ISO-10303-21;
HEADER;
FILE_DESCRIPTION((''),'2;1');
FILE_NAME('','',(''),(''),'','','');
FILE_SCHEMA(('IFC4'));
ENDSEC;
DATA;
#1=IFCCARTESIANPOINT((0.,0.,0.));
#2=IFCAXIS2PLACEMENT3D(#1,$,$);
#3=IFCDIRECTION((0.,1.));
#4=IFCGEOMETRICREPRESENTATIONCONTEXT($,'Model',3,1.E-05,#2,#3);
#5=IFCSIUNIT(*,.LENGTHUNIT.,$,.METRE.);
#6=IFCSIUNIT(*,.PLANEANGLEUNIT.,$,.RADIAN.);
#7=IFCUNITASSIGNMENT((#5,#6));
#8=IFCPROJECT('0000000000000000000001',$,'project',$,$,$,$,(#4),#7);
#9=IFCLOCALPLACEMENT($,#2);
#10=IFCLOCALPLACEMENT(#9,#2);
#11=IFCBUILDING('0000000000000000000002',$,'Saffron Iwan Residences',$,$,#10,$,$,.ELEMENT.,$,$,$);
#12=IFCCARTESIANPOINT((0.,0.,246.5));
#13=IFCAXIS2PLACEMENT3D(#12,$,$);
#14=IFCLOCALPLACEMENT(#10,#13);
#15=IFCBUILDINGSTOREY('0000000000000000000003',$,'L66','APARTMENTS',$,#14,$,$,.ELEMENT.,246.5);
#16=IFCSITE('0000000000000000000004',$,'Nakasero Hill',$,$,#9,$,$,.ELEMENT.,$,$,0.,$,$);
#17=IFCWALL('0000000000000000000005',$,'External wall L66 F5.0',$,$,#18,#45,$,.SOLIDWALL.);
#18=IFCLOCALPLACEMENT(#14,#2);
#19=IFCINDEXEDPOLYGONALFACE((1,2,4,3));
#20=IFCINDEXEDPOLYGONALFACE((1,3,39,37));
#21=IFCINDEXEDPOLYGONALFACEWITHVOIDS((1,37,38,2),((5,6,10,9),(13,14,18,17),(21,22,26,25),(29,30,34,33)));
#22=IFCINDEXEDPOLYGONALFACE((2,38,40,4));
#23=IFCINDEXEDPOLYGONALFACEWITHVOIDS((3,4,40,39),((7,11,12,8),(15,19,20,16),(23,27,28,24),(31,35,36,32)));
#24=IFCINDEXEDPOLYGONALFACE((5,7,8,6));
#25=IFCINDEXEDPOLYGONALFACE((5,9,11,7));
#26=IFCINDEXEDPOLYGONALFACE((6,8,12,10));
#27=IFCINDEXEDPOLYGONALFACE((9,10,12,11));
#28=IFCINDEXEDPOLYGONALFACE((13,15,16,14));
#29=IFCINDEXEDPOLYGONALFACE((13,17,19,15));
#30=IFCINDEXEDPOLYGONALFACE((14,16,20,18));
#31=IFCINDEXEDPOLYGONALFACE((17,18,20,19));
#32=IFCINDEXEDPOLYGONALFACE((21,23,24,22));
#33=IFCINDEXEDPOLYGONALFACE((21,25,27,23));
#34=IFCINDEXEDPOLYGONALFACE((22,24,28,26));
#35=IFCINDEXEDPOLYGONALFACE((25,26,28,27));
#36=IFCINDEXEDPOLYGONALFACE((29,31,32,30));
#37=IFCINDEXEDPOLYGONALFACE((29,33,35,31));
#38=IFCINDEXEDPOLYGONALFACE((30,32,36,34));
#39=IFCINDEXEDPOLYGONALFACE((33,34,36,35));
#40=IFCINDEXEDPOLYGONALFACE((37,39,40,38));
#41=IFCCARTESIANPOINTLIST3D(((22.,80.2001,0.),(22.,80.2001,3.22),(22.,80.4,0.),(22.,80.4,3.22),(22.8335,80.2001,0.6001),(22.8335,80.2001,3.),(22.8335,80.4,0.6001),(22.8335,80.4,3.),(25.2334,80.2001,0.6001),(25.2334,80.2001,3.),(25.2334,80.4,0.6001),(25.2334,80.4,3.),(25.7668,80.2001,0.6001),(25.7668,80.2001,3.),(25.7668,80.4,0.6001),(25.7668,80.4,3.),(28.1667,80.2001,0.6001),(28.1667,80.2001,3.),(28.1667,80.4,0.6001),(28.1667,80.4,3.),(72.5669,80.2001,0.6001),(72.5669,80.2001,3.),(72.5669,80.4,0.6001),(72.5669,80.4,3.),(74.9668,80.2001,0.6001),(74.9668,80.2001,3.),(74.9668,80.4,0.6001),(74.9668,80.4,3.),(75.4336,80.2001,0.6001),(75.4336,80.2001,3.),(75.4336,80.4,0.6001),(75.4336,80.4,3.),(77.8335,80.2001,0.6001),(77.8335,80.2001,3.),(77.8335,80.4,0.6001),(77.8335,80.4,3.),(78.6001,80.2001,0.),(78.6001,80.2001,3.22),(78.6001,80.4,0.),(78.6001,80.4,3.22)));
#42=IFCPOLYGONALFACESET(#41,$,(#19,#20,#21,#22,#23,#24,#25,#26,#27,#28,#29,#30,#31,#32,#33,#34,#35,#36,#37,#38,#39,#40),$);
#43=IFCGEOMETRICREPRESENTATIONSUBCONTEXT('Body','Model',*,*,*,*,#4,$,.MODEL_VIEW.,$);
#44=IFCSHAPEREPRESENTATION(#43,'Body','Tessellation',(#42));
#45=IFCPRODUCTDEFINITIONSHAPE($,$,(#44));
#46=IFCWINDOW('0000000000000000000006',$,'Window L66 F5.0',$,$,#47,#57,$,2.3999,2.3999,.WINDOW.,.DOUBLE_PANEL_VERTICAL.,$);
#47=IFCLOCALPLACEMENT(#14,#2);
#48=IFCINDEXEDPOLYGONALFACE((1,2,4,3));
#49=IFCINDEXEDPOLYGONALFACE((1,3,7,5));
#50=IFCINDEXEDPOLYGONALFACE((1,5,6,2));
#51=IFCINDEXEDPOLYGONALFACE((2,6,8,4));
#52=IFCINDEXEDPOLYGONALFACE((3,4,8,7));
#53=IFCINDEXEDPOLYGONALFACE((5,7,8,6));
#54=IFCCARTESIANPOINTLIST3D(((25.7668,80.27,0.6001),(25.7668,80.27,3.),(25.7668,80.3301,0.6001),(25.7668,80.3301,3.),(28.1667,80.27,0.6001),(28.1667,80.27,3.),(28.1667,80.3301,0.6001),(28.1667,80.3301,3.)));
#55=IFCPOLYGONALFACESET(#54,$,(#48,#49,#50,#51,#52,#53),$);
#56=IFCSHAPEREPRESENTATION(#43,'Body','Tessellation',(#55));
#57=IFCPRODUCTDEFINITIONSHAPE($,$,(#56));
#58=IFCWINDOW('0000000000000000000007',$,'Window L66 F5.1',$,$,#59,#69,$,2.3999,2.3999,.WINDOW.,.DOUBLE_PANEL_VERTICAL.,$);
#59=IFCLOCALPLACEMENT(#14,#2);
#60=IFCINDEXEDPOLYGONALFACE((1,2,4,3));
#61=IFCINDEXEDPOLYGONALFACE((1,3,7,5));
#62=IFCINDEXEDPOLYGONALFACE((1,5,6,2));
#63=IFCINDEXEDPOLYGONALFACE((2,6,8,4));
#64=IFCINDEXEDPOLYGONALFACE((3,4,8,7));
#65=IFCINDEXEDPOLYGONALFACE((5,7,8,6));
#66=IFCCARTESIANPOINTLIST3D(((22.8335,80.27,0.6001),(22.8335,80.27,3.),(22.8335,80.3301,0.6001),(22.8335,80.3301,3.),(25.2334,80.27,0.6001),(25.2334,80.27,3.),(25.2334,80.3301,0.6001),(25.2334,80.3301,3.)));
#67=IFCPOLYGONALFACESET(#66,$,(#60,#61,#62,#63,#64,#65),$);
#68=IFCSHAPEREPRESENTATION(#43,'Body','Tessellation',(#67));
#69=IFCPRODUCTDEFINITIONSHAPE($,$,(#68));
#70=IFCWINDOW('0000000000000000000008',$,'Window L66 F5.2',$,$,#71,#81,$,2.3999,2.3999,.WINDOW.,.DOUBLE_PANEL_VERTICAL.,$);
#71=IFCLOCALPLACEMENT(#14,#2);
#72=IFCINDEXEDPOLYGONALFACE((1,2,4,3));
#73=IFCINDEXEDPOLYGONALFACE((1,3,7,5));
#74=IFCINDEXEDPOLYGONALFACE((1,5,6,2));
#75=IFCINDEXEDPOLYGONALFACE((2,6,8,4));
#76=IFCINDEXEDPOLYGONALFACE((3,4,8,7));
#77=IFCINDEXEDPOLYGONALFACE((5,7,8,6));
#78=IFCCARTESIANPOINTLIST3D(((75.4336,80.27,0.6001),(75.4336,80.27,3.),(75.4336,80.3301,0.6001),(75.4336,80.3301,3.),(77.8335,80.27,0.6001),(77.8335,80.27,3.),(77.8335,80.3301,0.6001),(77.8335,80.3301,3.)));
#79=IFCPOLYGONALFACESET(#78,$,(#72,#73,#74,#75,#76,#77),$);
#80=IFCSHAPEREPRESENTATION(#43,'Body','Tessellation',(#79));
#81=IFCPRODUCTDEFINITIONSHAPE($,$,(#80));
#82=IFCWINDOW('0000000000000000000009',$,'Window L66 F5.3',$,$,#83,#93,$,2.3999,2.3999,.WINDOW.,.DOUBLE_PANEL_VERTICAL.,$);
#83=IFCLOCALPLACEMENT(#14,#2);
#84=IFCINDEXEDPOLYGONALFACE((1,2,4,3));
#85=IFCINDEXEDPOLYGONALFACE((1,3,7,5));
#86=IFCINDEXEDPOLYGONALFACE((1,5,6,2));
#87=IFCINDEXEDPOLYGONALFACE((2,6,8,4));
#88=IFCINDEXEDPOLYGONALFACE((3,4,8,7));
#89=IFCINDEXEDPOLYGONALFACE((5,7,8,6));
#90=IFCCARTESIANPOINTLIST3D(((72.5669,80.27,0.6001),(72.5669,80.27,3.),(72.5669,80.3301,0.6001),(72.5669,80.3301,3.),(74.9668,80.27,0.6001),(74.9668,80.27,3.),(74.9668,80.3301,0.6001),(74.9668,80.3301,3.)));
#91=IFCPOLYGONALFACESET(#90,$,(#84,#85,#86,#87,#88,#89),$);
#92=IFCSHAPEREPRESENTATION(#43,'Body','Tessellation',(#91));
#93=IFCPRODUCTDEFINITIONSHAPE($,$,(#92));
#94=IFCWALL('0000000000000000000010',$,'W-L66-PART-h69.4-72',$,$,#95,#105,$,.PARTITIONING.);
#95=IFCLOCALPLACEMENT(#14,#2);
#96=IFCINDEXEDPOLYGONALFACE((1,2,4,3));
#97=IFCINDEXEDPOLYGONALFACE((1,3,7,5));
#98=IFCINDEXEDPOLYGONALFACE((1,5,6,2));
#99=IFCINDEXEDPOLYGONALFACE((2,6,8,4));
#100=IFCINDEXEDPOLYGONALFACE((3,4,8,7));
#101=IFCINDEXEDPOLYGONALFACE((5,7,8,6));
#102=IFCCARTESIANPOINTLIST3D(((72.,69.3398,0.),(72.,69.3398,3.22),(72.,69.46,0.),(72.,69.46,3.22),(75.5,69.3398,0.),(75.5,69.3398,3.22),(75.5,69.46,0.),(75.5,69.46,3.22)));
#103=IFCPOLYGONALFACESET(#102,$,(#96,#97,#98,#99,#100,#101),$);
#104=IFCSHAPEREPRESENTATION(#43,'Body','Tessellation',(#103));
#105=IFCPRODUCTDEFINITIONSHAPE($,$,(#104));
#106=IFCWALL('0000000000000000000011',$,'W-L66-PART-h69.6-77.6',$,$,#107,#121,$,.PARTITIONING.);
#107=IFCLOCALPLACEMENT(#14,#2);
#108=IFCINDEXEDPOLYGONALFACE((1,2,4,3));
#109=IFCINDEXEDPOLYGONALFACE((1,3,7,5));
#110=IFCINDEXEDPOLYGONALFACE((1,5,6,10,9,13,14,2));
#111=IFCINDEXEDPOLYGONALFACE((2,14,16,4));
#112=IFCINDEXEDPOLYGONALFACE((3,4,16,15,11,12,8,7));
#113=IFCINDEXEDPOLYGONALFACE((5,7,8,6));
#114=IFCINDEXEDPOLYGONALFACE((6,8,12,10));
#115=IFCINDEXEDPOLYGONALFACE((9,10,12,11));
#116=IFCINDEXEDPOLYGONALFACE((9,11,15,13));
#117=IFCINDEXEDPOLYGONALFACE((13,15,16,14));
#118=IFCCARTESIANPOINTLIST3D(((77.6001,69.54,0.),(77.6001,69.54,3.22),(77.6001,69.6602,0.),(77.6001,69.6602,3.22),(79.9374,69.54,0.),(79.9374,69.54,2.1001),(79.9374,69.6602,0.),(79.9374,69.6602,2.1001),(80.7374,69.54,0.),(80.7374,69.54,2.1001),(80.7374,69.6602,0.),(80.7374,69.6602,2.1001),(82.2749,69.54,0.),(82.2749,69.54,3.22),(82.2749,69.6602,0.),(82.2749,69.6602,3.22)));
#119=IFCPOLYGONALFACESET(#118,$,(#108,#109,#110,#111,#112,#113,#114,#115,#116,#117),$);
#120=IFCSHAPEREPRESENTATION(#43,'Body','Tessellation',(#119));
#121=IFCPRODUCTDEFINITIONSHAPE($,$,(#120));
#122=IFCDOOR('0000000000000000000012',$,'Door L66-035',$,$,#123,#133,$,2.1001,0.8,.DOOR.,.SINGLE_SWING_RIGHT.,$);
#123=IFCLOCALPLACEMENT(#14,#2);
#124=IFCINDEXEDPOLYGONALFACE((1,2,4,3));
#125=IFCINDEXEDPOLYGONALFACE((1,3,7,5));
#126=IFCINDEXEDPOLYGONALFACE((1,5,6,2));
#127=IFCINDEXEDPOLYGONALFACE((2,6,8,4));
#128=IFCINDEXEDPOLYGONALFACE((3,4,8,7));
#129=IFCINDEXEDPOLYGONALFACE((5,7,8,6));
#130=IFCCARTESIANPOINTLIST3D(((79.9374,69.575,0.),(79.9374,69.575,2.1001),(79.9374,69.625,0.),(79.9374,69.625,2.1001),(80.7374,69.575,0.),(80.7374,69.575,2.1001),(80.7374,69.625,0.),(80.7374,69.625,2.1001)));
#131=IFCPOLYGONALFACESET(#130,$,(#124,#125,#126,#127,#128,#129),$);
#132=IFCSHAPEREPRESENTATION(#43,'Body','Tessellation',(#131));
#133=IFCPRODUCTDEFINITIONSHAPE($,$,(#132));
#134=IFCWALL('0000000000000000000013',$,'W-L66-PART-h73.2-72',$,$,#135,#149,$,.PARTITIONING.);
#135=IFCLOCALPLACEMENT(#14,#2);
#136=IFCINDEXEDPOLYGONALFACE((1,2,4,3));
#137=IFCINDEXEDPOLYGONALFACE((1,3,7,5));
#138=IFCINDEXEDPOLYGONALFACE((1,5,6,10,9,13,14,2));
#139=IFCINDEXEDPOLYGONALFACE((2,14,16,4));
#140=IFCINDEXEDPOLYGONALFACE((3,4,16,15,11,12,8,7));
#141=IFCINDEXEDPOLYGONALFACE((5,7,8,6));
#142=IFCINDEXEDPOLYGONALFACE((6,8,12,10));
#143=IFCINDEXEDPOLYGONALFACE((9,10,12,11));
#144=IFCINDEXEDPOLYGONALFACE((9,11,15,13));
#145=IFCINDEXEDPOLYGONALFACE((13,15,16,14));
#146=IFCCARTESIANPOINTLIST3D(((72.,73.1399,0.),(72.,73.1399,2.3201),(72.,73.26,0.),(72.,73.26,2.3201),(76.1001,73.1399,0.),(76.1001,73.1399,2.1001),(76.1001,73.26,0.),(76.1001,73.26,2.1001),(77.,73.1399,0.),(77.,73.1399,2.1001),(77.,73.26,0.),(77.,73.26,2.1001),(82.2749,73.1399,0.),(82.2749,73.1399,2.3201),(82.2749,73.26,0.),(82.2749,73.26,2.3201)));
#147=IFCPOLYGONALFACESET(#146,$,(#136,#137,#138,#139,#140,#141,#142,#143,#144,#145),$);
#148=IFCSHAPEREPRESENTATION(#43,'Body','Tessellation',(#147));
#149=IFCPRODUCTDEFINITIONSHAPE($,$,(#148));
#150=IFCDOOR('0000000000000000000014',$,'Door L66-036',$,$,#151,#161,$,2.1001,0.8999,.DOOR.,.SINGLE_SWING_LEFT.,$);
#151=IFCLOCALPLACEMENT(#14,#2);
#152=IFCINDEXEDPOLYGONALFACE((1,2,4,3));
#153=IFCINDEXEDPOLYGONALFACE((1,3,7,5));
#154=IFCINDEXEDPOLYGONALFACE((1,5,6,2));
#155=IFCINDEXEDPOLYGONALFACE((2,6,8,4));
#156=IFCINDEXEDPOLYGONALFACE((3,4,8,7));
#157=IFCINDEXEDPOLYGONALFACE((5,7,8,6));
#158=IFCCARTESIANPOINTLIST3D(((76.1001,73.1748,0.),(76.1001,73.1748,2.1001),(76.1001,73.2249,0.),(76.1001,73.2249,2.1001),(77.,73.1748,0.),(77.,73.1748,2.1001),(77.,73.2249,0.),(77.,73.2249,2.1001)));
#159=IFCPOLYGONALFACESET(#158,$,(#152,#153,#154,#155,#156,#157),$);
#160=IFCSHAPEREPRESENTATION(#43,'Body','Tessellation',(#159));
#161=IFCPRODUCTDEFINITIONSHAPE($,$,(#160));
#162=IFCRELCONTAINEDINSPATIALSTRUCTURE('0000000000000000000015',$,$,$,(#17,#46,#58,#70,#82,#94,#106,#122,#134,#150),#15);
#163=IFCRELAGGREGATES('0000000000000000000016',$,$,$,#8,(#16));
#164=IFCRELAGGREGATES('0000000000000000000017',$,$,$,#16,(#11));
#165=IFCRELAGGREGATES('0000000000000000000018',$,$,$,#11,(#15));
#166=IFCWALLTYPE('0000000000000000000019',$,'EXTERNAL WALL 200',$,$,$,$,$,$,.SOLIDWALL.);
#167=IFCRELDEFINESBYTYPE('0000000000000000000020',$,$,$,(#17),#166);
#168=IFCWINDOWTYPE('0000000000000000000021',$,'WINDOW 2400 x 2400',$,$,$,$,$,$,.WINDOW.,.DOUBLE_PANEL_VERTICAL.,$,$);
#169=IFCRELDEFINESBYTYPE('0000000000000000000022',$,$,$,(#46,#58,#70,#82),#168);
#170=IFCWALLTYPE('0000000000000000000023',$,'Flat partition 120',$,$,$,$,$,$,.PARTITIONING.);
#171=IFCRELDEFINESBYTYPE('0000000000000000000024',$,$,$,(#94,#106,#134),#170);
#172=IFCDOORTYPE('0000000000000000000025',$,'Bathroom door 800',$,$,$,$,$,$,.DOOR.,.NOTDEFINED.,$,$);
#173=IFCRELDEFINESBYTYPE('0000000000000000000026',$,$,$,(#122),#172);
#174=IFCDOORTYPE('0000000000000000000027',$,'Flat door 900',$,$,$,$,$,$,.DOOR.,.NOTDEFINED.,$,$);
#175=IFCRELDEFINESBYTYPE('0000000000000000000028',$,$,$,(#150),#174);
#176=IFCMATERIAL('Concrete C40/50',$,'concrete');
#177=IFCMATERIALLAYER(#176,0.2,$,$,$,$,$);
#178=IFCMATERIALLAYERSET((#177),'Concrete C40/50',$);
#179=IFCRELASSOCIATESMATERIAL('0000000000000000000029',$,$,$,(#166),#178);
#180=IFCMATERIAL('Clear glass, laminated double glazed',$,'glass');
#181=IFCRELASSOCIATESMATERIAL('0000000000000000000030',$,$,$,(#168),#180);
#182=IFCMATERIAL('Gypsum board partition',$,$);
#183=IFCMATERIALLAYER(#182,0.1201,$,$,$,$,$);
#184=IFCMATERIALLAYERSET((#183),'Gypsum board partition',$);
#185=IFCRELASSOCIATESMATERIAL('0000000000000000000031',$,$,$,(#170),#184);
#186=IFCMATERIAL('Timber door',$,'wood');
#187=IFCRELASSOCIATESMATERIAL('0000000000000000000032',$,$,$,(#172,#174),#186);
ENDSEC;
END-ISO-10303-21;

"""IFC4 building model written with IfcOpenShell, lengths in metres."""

from ifc_helpers import new_model, si_unit, direction, frame, frame_2d, origin, place, context, subcontext, project, spatial, rectangle, extrude, material, layer, layer_set, type_object, element, fill, save


model = new_model("IFC4")

# Units and contexts
model_context = context("Model", 3, precision=1e-05, world=origin(), true_north=direction((0.0, 1.0)))
body_context = subcontext(model_context, "Body", "Model", "MODEL_VIEW")
ifc_project = project(units=[si_unit("LENGTHUNIT", "METRE"), si_unit("PLANEANGLEUNIT", "RADIAN")], contexts=[model_context])

# Site, building, storey
site_placement = place(None, origin())
site = spatial("IfcSite", under=ifc_project, at=site_placement, Name="Nakasero Hill", CompositionType="ELEMENT", RefElevation=0.0)
building_placement = place(site_placement, origin())
building = spatial("IfcBuilding", under=site, at=building_placement, Name="Saffron Iwan Residences", CompositionType="ELEMENT")
storey_placement = place(building_placement, frame((0.0, 0.0, 246.5)))
storey = spatial("IfcBuildingStorey", under=building, at=storey_placement, Name="L66", Description="APARTMENTS", CompositionType="ELEMENT", Elevation=246.5)

# Shared definitions
ifc_material_1 = material(Name="Concrete C40/50", Category="concrete")

# Shared definitions
ifc_layer_1 = layer(ifc_material_1, 0.2)
ifc_layer_set_1 = layer_set([ifc_layer_1], Name="Concrete C40/50")
wall_type_1 = type_object("IfcWallType", Name="EXTERNAL WALL 200", PredefinedType="SOLIDWALL", material=ifc_layer_set_1)
ifc_material_2 = material(Name="Clear glass, laminated double glazed", Category="glass")
window_type_1 = type_object("IfcWindowType", Name="WINDOW 2400 x 2400", PartitioningType="DOUBLE_PANEL_VERTICAL", PredefinedType="WINDOW", material=ifc_material_2)

# Wall, openings, windows
wall_1_placement = place(storey_placement, frame((78.6001, 80.3, 0.0), z_axis=(0.0, 0.0, 1.0), x_axis=(-1.0, 0.0, 0.0)))
wall_1 = element("IfcWall", 1, at=wall_1_placement, inside=storey, type_object=wall_type_1, Name="External wall L66 F5.0", PredefinedType="SOLIDWALL", context=body_context, shape_type="SweptSolid", body=[
    extrude(rectangle(XDim=56.6001, YDim=0.2, at=frame_2d((28.3, 0.0))), origin(), (0.0, 0.0, 1.0), 3.22),
])
opening_1_placement = place(wall_1_placement, frame((50.4333, 0.0, 0.6001)))
opening_1 = element("IfcOpeningElement", 2, at=opening_1_placement, cuts=wall_1, PredefinedType="OPENING", context=body_context, shape_type="SweptSolid", body=[
    extrude(rectangle(XDim=2.3999, YDim=2.3999, at=frame_2d((1.2, 1.2))), frame((0.0, 0.1099, 0.0), z_axis=(0.0, -1.0, 0.0), x_axis=(1.0, 0.0, 0.0)), (0.0, 0.0, 1.0), 0.22),
])
opening_2_placement = place(wall_1_placement, frame((53.3667, 0.0, 0.6001)))
opening_2 = element("IfcOpeningElement", 3, at=opening_2_placement, cuts=wall_1, PredefinedType="OPENING", context=body_context, shape_type="SweptSolid", body=[
    extrude(rectangle(XDim=2.3999, YDim=2.3999, at=frame_2d((1.2, 1.2))), frame((0.0, 0.1099, 0.0), z_axis=(0.0, -1.0, 0.0), x_axis=(1.0, 0.0, 0.0)), (0.0, 0.0, 1.0), 0.22),
])
opening_3_placement = place(wall_1_placement, frame((0.7666, 0.0, 0.6001)))
opening_3 = element("IfcOpeningElement", 4, at=opening_3_placement, cuts=wall_1, PredefinedType="OPENING", context=body_context, shape_type="SweptSolid", body=[
    extrude(rectangle(XDim=2.3999, YDim=2.3999, at=frame_2d((1.2, 1.2))), frame((0.0, 0.1099, 0.0), z_axis=(0.0, -1.0, 0.0), x_axis=(1.0, 0.0, 0.0)), (0.0, 0.0, 1.0), 0.22),
])
opening_4_placement = place(wall_1_placement, frame((3.6333, 0.0, 0.6001)))
opening_4 = element("IfcOpeningElement", 5, at=opening_4_placement, cuts=wall_1, PredefinedType="OPENING", context=body_context, shape_type="SweptSolid", body=[
    extrude(rectangle(XDim=2.3999, YDim=2.3999, at=frame_2d((1.2, 1.2))), frame((0.0, 0.1099, 0.0), z_axis=(0.0, -1.0, 0.0), x_axis=(1.0, 0.0, 0.0)), (0.0, 0.0, 1.0), 0.22),
])
window_1_placement = place(opening_1_placement, origin())
window_1 = element("IfcWindow", 6, at=window_1_placement, inside=storey, type_object=window_type_1, Name="Window L66 F5.0", OverallHeight=2.3999, OverallWidth=2.3999, PartitioningType="DOUBLE_PANEL_VERTICAL", PredefinedType="WINDOW", context=body_context, shape_type="SweptSolid", body=[
    extrude(rectangle(XDim=2.3999, YDim=2.3999, at=frame_2d((1.2, 1.2))), frame((0.0, 0.03, 0.0), z_axis=(0.0, -1.0, 0.0), x_axis=(1.0, 0.0, 0.0)), (0.0, 0.0, 1.0), 0.0601),
])
fill(opening_1, window_1)
window_2_placement = place(opening_2_placement, origin())
window_2 = element("IfcWindow", 7, at=window_2_placement, inside=storey, type_object=window_type_1, Name="Window L66 F5.1", OverallHeight=2.3999, OverallWidth=2.3999, PartitioningType="DOUBLE_PANEL_VERTICAL", PredefinedType="WINDOW", context=body_context, shape_type="SweptSolid", body=[
    extrude(rectangle(XDim=2.3999, YDim=2.3999, at=frame_2d((1.2, 1.2))), frame((0.0, 0.03, 0.0), z_axis=(0.0, -1.0, 0.0), x_axis=(1.0, 0.0, 0.0)), (0.0, 0.0, 1.0), 0.0601),
])
fill(opening_2, window_2)
window_3_placement = place(opening_3_placement, origin())
window_3 = element("IfcWindow", 8, at=window_3_placement, inside=storey, type_object=window_type_1, Name="Window L66 F5.2", OverallHeight=2.3999, OverallWidth=2.3999, PartitioningType="DOUBLE_PANEL_VERTICAL", PredefinedType="WINDOW", context=body_context, shape_type="SweptSolid", body=[
    extrude(rectangle(XDim=2.3999, YDim=2.3999, at=frame_2d((1.2, 1.2))), frame((0.0, 0.03, 0.0), z_axis=(0.0, -1.0, 0.0), x_axis=(1.0, 0.0, 0.0)), (0.0, 0.0, 1.0), 0.0601),
])
fill(opening_3, window_3)
window_4_placement = place(opening_4_placement, origin())
window_4 = element("IfcWindow", 9, at=window_4_placement, inside=storey, type_object=window_type_1, Name="Window L66 F5.3", OverallHeight=2.3999, OverallWidth=2.3999, PartitioningType="DOUBLE_PANEL_VERTICAL", PredefinedType="WINDOW", context=body_context, shape_type="SweptSolid", body=[
    extrude(rectangle(XDim=2.3999, YDim=2.3999, at=frame_2d((1.2, 1.2))), frame((0.0, 0.03, 0.0), z_axis=(0.0, -1.0, 0.0), x_axis=(1.0, 0.0, 0.0)), (0.0, 0.0, 1.0), 0.0601),
])
fill(opening_4, window_4)

# Wall
ifc_material_3 = material(Name="Gypsum board partition")
ifc_layer_2 = layer(ifc_material_3, 0.1201)
ifc_layer_set_2 = layer_set([ifc_layer_2], Name="Gypsum board partition")
wall_type_2 = type_object("IfcWallType", Name="Flat partition 120", PredefinedType="PARTITIONING", material=ifc_layer_set_2)
wall_2_placement = place(storey_placement, frame((72.0, 69.3999, 0.0), z_axis=(0.0, 0.0, 1.0), x_axis=(1.0, 0.0, 0.0)))
element("IfcWall", 10, at=wall_2_placement, inside=storey, type_object=wall_type_2, Name="W-L66-PART-h69.4-72", PredefinedType="PARTITIONING", context=body_context, shape_type="SweptSolid", body=[
    extrude(rectangle(XDim=3.5, YDim=0.1201, at=frame_2d((1.75, 0.0))), origin(), (0.0, 0.0, 1.0), 3.22),
])

# Walls, openings, doors
wall_3_placement = place(storey_placement, frame((77.6001, 69.6001, 0.0), z_axis=(0.0, 0.0, 1.0), x_axis=(1.0, 0.0, 0.0)))
wall_3 = element("IfcWall", 11, at=wall_3_placement, inside=storey, type_object=wall_type_2, Name="W-L66-PART-h69.6-77.6", PredefinedType="PARTITIONING", context=body_context, shape_type="SweptSolid", body=[
    extrude(rectangle(XDim=4.6748, YDim=0.1201, at=frame_2d((2.3374, 0.0))), origin(), (0.0, 0.0, 1.0), 3.22),
])
opening_5_placement = place(wall_3_placement, frame((2.3374, 0.0, 0.0)))
opening_5 = element("IfcOpeningElement", 12, at=opening_5_placement, cuts=wall_3, PredefinedType="OPENING", context=body_context, shape_type="SweptSolid", body=[
    extrude(rectangle(XDim=0.8, YDim=2.1001, at=frame_2d((0.3999, 1.05))), frame((0.0, 0.0701, 0.0), z_axis=(0.0, -1.0, 0.0), x_axis=(1.0, 0.0, 0.0)), (0.0, 0.0, 1.0), 0.1401),
])
ifc_material_4 = material(Name="Timber door", Category="wood")
door_type_1 = type_object("IfcDoorType", Name="Bathroom door 800", OperationType="NOTDEFINED", PredefinedType="DOOR", material=ifc_material_4)
door_1_placement = place(opening_5_placement, origin())
door_1 = element("IfcDoor", 13, at=door_1_placement, inside=storey, type_object=door_type_1, Name="Door L66-035", OperationType="SINGLE_SWING_RIGHT", OverallHeight=2.1001, OverallWidth=0.8, PredefinedType="DOOR", context=body_context, shape_type="SweptSolid", body=[
    extrude(rectangle(XDim=0.8, YDim=2.1001, at=frame_2d((0.3999, 1.05))), frame((0.0, 0.0249, 0.0), z_axis=(0.0, -1.0, 0.0), x_axis=(1.0, 0.0, 0.0)), (0.0, 0.0, 1.0), 0.05),
])
fill(opening_5, door_1)
wall_4_placement = place(storey_placement, frame((72.0, 73.2, 0.0), z_axis=(0.0, 0.0, 1.0), x_axis=(1.0, 0.0, 0.0)))
wall_4 = element("IfcWall", 14, at=wall_4_placement, inside=storey, type_object=wall_type_2, Name="W-L66-PART-h73.2-72", PredefinedType="PARTITIONING", context=body_context, shape_type="SweptSolid", body=[
    extrude(rectangle(XDim=10.2749, YDim=0.1201, at=frame_2d((5.1375, 0.0))), origin(), (0.0, 0.0, 1.0), 2.3201),
])
opening_6_placement = place(wall_4_placement, frame((4.1001, 0.0, 0.0)))
opening_6 = element("IfcOpeningElement", 15, at=opening_6_placement, cuts=wall_4, PredefinedType="OPENING", context=body_context, shape_type="SweptSolid", body=[
    extrude(rectangle(XDim=0.8999, YDim=2.1001, at=frame_2d((0.45, 1.05))), frame((0.0, 0.0701, 0.0), z_axis=(0.0, -1.0, 0.0), x_axis=(1.0, 0.0, 0.0)), (0.0, 0.0, 1.0), 0.1401),
])
door_type_2 = type_object("IfcDoorType", Name="Flat door 900", OperationType="NOTDEFINED", PredefinedType="DOOR", material=ifc_material_4)
door_2_placement = place(opening_6_placement, origin())
door_2 = element("IfcDoor", 16, at=door_2_placement, inside=storey, type_object=door_type_2, Name="Door L66-036", OperationType="SINGLE_SWING_LEFT", OverallHeight=2.1001, OverallWidth=0.8999, PredefinedType="DOOR", context=body_context, shape_type="SweptSolid", body=[
    extrude(rectangle(XDim=0.8999, YDim=2.1001, at=frame_2d((0.45, 1.05))), frame((0.0, 0.0249, 0.0), z_axis=(0.0, -1.0, 0.0), x_axis=(1.0, 0.0, 0.0)), (0.0, 0.0, 1.0), 0.05),
])
fill(opening_6, door_2)

save(model, "model.ifc")
